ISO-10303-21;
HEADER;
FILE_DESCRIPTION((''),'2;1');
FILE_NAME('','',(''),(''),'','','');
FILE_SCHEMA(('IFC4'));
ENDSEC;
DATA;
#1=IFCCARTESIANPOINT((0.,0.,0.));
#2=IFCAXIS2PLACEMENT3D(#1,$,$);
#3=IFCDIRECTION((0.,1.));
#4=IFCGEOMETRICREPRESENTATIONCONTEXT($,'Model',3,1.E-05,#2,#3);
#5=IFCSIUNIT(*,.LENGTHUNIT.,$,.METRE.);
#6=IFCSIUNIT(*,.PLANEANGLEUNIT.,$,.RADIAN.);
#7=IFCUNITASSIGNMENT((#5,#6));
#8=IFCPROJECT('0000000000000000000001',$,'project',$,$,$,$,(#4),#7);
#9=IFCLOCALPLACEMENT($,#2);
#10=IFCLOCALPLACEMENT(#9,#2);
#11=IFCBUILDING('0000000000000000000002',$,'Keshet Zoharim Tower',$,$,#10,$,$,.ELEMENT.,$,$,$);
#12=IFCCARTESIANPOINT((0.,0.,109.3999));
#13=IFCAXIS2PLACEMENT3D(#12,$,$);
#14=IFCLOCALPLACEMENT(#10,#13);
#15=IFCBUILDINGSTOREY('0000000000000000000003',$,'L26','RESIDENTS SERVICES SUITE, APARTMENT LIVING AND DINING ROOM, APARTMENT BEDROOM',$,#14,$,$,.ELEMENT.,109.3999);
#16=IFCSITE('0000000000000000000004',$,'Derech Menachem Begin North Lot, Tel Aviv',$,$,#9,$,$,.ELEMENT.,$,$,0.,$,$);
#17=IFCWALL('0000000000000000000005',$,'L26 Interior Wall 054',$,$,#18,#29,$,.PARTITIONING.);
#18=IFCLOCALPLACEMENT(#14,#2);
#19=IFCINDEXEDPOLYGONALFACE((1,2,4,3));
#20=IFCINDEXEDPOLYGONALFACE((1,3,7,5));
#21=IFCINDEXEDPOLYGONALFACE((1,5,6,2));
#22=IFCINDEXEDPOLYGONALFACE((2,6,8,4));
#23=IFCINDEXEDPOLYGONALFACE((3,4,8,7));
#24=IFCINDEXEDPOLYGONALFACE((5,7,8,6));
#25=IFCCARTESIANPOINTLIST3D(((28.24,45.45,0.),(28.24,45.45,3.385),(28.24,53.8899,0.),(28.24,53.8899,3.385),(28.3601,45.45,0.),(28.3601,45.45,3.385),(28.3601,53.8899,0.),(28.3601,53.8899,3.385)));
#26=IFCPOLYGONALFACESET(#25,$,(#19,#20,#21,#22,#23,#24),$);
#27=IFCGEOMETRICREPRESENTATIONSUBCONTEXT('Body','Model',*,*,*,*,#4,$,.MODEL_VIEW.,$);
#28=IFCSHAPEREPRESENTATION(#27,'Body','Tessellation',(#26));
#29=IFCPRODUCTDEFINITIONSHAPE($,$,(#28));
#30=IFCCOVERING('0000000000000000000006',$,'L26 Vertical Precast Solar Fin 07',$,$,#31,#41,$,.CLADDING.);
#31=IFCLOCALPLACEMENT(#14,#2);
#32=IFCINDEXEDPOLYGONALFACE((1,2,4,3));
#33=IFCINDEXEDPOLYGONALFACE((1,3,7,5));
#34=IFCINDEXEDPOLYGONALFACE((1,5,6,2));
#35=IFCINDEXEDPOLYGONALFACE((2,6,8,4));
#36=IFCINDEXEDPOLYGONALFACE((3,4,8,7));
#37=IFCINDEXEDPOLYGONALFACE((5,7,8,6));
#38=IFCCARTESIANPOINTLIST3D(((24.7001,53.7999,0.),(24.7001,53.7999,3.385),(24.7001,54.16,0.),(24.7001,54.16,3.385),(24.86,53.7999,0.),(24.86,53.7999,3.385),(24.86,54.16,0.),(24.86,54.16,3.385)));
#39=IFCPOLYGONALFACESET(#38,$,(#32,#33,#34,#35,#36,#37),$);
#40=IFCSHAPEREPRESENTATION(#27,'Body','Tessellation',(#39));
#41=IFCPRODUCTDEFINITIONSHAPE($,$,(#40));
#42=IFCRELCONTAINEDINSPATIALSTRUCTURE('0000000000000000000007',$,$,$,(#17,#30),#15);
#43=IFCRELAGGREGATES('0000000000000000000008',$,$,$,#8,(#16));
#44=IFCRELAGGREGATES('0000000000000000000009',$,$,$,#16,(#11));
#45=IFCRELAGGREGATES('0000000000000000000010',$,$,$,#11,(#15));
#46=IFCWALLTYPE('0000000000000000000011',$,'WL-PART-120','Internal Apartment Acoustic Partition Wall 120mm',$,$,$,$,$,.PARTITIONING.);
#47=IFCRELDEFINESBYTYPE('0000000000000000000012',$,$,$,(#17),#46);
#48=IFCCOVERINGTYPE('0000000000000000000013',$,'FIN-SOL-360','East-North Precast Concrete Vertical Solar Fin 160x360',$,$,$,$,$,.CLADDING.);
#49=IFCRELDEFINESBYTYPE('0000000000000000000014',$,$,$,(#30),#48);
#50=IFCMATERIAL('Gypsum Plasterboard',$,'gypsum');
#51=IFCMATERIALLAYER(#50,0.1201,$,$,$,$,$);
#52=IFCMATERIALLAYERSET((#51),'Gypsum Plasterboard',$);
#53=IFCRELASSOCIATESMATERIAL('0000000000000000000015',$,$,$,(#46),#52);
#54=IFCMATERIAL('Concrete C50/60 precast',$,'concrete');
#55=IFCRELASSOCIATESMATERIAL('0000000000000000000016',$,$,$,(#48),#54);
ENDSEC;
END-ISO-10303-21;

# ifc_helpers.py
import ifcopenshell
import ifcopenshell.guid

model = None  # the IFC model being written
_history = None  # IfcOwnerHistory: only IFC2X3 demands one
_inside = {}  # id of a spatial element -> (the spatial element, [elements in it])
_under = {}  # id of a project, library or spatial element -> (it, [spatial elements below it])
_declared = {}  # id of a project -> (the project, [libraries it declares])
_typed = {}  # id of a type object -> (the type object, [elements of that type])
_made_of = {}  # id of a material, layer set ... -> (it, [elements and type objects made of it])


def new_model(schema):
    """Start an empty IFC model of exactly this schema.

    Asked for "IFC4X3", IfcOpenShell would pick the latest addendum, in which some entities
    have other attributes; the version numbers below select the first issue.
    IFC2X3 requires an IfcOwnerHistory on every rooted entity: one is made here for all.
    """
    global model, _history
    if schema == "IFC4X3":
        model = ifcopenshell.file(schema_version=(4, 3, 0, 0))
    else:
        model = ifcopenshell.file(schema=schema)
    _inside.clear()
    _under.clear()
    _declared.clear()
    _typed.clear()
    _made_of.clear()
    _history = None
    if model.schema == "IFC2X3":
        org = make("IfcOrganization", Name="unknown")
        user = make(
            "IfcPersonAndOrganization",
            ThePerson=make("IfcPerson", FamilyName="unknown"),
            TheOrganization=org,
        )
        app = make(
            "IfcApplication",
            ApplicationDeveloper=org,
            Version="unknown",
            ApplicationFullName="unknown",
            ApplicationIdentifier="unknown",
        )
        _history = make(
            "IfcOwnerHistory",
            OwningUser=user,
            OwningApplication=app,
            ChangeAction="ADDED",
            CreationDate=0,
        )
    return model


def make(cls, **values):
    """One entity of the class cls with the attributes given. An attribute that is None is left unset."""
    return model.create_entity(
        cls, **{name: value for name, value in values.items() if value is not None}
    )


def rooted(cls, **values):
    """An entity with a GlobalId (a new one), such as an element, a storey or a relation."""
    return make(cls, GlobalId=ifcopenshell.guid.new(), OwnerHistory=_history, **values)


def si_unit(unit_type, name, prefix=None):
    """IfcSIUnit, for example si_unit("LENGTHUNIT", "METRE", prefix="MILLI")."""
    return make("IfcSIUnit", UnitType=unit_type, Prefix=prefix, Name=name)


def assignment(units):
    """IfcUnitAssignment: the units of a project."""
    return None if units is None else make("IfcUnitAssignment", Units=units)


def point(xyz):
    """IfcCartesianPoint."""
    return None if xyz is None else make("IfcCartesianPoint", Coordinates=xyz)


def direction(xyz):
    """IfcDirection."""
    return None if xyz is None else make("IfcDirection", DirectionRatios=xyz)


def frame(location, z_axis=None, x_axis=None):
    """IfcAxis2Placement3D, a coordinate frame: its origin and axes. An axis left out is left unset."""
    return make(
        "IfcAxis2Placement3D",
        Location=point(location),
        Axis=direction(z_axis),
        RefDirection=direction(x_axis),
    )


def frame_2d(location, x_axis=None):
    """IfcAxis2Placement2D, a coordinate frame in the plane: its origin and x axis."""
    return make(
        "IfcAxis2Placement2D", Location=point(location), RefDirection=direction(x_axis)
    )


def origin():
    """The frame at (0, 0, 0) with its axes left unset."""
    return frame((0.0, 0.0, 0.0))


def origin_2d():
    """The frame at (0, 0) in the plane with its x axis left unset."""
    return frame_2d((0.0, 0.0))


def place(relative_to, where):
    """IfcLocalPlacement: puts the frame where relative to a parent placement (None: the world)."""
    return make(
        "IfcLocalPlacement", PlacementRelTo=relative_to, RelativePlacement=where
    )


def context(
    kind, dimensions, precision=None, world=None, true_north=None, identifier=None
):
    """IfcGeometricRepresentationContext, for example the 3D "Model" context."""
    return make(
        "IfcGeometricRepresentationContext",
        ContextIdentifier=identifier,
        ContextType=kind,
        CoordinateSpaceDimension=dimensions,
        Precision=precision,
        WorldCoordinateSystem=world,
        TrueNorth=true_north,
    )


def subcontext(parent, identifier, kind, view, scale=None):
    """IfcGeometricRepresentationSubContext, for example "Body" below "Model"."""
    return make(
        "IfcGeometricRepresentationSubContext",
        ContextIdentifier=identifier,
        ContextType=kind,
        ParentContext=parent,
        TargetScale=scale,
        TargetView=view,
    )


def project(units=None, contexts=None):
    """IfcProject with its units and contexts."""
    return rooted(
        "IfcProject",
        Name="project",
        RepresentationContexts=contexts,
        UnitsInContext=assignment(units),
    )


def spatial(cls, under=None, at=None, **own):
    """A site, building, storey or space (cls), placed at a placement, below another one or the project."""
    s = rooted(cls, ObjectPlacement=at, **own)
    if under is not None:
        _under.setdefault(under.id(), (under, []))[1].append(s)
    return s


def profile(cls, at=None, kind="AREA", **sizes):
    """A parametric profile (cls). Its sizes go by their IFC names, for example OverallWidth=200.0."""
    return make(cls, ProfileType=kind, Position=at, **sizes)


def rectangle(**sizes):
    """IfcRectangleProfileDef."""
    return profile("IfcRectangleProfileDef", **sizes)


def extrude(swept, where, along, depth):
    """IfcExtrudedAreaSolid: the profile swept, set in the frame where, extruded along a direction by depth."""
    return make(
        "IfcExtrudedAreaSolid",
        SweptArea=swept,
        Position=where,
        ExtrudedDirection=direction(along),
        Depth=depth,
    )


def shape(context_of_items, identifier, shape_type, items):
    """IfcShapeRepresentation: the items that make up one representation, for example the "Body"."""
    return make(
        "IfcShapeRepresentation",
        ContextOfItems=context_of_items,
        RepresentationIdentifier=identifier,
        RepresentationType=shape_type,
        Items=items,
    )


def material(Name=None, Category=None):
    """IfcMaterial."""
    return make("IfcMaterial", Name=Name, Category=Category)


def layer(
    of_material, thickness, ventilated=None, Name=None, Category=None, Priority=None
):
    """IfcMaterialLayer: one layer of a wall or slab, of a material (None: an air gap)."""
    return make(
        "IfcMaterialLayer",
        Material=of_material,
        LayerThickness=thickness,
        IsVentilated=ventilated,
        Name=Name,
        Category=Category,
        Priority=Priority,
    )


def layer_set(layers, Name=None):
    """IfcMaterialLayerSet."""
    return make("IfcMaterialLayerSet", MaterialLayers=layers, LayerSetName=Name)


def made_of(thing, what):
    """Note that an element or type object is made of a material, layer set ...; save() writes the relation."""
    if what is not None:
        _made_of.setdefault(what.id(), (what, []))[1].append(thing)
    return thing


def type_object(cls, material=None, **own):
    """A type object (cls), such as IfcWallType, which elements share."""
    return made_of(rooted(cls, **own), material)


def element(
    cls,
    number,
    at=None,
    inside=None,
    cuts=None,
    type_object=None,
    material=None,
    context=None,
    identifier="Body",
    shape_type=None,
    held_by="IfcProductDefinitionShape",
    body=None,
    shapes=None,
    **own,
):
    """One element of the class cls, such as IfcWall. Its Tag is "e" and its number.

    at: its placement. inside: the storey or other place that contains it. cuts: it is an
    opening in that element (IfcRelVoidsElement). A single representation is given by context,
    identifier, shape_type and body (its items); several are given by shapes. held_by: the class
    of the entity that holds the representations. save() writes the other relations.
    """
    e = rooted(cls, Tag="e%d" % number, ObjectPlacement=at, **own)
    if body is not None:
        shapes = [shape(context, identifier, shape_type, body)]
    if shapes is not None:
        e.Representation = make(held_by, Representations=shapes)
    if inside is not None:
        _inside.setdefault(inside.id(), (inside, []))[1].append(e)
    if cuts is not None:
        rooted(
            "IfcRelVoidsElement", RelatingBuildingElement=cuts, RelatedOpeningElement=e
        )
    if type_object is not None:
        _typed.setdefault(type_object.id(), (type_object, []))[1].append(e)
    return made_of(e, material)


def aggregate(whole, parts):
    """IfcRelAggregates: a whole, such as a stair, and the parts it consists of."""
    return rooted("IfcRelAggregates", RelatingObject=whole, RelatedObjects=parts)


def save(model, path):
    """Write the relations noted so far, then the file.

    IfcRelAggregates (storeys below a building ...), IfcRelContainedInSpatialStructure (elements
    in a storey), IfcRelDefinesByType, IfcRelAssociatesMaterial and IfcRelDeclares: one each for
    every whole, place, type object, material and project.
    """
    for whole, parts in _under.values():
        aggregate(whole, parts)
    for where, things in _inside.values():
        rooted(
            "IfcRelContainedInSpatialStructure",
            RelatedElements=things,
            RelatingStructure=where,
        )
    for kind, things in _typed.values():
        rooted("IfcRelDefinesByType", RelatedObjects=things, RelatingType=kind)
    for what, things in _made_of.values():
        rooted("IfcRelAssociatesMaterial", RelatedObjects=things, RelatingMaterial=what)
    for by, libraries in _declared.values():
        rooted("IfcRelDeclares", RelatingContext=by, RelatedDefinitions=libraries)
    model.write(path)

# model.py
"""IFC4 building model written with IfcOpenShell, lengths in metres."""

from ifc_helpers import new_model, si_unit, direction, frame, frame_2d, origin, origin_2d, place, context, subcontext, project, spatial, rectangle, extrude, material, layer, layer_set, type_object, element, save


model = new_model("IFC4")

# Units and contexts
model_context = context("Model", 3, precision=1e-05, world=origin(), true_north=direction((0.0, 1.0)))
body_context = subcontext(model_context, "Body", "Model", "MODEL_VIEW")
ifc_project = project(units=[si_unit("LENGTHUNIT", "METRE"), si_unit("PLANEANGLEUNIT", "RADIAN")], contexts=[model_context])

# Site, building, storey
site_placement = place(None, origin())
site = spatial("IfcSite", under=ifc_project, at=site_placement, Name="Derech Menachem Begin North Lot, Tel Aviv", CompositionType="ELEMENT", RefElevation=0.0)
building_placement = place(site_placement, origin())
building = spatial("IfcBuilding", under=site, at=building_placement, Name="Keshet Zoharim Tower", CompositionType="ELEMENT")
storey_placement = place(building_placement, frame((0.0, 0.0, 109.3999)))
storey = spatial("IfcBuildingStorey", under=building, at=storey_placement, Name="L26", Description="RESIDENTS SERVICES SUITE, APARTMENT LIVING AND DINING ROOM, APARTMENT BEDROOM", CompositionType="ELEMENT", Elevation=109.3999)

# Wall
ifc_material_1 = material(Name="Gypsum Plasterboard", Category="gypsum")
ifc_layer_1 = layer(ifc_material_1, 0.1201)
ifc_layer_set_1 = layer_set([ifc_layer_1], Name="Gypsum Plasterboard")
wall_type = type_object("IfcWallType", Name="WL-PART-120", Description="Internal Apartment Acoustic Partition Wall 120mm", PredefinedType="PARTITIONING", material=ifc_layer_set_1)
wall_1_placement = place(storey_placement, frame((28.3, 45.45, 0.0), z_axis=(0.0, 0.0, 1.0), x_axis=(0.0, 1.0, 0.0)))
element("IfcWall", 1, at=wall_1_placement, inside=storey, type_object=wall_type, Name="L26 Interior Wall 054", PredefinedType="PARTITIONING", context=body_context, shape_type="SweptSolid", body=[
    extrude(rectangle(XDim=8.4399, YDim=0.1201, at=frame_2d((4.22, 0.0))), origin(), (0.0, 0.0, 1.0), 3.385),
])

# Covering
ifc_material_2 = material(Name="Concrete C50/60 precast", Category="concrete")
covering_type = type_object("IfcCoveringType", Name="FIN-SOL-360", Description="East-North Precast Concrete Vertical Solar Fin 160x360", PredefinedType="CLADDING", material=ifc_material_2)
covering_placement = place(storey_placement, frame((24.78, 53.98, 0.0), z_axis=(0.0, 0.0, 1.0), x_axis=(1.0, 0.0, 0.0)))
element("IfcCovering", 2, at=covering_placement, inside=storey, type_object=covering_type, Name="L26 Vertical Precast Solar Fin 07", PredefinedType="CLADDING", context=body_context, shape_type="SweptSolid", body=[
    extrude(rectangle(XDim=0.1599, YDim=0.3601, at=origin_2d()), origin(), (0.0, 0.0, 1.0), 3.385),
])

save(model, "model.ifc")
